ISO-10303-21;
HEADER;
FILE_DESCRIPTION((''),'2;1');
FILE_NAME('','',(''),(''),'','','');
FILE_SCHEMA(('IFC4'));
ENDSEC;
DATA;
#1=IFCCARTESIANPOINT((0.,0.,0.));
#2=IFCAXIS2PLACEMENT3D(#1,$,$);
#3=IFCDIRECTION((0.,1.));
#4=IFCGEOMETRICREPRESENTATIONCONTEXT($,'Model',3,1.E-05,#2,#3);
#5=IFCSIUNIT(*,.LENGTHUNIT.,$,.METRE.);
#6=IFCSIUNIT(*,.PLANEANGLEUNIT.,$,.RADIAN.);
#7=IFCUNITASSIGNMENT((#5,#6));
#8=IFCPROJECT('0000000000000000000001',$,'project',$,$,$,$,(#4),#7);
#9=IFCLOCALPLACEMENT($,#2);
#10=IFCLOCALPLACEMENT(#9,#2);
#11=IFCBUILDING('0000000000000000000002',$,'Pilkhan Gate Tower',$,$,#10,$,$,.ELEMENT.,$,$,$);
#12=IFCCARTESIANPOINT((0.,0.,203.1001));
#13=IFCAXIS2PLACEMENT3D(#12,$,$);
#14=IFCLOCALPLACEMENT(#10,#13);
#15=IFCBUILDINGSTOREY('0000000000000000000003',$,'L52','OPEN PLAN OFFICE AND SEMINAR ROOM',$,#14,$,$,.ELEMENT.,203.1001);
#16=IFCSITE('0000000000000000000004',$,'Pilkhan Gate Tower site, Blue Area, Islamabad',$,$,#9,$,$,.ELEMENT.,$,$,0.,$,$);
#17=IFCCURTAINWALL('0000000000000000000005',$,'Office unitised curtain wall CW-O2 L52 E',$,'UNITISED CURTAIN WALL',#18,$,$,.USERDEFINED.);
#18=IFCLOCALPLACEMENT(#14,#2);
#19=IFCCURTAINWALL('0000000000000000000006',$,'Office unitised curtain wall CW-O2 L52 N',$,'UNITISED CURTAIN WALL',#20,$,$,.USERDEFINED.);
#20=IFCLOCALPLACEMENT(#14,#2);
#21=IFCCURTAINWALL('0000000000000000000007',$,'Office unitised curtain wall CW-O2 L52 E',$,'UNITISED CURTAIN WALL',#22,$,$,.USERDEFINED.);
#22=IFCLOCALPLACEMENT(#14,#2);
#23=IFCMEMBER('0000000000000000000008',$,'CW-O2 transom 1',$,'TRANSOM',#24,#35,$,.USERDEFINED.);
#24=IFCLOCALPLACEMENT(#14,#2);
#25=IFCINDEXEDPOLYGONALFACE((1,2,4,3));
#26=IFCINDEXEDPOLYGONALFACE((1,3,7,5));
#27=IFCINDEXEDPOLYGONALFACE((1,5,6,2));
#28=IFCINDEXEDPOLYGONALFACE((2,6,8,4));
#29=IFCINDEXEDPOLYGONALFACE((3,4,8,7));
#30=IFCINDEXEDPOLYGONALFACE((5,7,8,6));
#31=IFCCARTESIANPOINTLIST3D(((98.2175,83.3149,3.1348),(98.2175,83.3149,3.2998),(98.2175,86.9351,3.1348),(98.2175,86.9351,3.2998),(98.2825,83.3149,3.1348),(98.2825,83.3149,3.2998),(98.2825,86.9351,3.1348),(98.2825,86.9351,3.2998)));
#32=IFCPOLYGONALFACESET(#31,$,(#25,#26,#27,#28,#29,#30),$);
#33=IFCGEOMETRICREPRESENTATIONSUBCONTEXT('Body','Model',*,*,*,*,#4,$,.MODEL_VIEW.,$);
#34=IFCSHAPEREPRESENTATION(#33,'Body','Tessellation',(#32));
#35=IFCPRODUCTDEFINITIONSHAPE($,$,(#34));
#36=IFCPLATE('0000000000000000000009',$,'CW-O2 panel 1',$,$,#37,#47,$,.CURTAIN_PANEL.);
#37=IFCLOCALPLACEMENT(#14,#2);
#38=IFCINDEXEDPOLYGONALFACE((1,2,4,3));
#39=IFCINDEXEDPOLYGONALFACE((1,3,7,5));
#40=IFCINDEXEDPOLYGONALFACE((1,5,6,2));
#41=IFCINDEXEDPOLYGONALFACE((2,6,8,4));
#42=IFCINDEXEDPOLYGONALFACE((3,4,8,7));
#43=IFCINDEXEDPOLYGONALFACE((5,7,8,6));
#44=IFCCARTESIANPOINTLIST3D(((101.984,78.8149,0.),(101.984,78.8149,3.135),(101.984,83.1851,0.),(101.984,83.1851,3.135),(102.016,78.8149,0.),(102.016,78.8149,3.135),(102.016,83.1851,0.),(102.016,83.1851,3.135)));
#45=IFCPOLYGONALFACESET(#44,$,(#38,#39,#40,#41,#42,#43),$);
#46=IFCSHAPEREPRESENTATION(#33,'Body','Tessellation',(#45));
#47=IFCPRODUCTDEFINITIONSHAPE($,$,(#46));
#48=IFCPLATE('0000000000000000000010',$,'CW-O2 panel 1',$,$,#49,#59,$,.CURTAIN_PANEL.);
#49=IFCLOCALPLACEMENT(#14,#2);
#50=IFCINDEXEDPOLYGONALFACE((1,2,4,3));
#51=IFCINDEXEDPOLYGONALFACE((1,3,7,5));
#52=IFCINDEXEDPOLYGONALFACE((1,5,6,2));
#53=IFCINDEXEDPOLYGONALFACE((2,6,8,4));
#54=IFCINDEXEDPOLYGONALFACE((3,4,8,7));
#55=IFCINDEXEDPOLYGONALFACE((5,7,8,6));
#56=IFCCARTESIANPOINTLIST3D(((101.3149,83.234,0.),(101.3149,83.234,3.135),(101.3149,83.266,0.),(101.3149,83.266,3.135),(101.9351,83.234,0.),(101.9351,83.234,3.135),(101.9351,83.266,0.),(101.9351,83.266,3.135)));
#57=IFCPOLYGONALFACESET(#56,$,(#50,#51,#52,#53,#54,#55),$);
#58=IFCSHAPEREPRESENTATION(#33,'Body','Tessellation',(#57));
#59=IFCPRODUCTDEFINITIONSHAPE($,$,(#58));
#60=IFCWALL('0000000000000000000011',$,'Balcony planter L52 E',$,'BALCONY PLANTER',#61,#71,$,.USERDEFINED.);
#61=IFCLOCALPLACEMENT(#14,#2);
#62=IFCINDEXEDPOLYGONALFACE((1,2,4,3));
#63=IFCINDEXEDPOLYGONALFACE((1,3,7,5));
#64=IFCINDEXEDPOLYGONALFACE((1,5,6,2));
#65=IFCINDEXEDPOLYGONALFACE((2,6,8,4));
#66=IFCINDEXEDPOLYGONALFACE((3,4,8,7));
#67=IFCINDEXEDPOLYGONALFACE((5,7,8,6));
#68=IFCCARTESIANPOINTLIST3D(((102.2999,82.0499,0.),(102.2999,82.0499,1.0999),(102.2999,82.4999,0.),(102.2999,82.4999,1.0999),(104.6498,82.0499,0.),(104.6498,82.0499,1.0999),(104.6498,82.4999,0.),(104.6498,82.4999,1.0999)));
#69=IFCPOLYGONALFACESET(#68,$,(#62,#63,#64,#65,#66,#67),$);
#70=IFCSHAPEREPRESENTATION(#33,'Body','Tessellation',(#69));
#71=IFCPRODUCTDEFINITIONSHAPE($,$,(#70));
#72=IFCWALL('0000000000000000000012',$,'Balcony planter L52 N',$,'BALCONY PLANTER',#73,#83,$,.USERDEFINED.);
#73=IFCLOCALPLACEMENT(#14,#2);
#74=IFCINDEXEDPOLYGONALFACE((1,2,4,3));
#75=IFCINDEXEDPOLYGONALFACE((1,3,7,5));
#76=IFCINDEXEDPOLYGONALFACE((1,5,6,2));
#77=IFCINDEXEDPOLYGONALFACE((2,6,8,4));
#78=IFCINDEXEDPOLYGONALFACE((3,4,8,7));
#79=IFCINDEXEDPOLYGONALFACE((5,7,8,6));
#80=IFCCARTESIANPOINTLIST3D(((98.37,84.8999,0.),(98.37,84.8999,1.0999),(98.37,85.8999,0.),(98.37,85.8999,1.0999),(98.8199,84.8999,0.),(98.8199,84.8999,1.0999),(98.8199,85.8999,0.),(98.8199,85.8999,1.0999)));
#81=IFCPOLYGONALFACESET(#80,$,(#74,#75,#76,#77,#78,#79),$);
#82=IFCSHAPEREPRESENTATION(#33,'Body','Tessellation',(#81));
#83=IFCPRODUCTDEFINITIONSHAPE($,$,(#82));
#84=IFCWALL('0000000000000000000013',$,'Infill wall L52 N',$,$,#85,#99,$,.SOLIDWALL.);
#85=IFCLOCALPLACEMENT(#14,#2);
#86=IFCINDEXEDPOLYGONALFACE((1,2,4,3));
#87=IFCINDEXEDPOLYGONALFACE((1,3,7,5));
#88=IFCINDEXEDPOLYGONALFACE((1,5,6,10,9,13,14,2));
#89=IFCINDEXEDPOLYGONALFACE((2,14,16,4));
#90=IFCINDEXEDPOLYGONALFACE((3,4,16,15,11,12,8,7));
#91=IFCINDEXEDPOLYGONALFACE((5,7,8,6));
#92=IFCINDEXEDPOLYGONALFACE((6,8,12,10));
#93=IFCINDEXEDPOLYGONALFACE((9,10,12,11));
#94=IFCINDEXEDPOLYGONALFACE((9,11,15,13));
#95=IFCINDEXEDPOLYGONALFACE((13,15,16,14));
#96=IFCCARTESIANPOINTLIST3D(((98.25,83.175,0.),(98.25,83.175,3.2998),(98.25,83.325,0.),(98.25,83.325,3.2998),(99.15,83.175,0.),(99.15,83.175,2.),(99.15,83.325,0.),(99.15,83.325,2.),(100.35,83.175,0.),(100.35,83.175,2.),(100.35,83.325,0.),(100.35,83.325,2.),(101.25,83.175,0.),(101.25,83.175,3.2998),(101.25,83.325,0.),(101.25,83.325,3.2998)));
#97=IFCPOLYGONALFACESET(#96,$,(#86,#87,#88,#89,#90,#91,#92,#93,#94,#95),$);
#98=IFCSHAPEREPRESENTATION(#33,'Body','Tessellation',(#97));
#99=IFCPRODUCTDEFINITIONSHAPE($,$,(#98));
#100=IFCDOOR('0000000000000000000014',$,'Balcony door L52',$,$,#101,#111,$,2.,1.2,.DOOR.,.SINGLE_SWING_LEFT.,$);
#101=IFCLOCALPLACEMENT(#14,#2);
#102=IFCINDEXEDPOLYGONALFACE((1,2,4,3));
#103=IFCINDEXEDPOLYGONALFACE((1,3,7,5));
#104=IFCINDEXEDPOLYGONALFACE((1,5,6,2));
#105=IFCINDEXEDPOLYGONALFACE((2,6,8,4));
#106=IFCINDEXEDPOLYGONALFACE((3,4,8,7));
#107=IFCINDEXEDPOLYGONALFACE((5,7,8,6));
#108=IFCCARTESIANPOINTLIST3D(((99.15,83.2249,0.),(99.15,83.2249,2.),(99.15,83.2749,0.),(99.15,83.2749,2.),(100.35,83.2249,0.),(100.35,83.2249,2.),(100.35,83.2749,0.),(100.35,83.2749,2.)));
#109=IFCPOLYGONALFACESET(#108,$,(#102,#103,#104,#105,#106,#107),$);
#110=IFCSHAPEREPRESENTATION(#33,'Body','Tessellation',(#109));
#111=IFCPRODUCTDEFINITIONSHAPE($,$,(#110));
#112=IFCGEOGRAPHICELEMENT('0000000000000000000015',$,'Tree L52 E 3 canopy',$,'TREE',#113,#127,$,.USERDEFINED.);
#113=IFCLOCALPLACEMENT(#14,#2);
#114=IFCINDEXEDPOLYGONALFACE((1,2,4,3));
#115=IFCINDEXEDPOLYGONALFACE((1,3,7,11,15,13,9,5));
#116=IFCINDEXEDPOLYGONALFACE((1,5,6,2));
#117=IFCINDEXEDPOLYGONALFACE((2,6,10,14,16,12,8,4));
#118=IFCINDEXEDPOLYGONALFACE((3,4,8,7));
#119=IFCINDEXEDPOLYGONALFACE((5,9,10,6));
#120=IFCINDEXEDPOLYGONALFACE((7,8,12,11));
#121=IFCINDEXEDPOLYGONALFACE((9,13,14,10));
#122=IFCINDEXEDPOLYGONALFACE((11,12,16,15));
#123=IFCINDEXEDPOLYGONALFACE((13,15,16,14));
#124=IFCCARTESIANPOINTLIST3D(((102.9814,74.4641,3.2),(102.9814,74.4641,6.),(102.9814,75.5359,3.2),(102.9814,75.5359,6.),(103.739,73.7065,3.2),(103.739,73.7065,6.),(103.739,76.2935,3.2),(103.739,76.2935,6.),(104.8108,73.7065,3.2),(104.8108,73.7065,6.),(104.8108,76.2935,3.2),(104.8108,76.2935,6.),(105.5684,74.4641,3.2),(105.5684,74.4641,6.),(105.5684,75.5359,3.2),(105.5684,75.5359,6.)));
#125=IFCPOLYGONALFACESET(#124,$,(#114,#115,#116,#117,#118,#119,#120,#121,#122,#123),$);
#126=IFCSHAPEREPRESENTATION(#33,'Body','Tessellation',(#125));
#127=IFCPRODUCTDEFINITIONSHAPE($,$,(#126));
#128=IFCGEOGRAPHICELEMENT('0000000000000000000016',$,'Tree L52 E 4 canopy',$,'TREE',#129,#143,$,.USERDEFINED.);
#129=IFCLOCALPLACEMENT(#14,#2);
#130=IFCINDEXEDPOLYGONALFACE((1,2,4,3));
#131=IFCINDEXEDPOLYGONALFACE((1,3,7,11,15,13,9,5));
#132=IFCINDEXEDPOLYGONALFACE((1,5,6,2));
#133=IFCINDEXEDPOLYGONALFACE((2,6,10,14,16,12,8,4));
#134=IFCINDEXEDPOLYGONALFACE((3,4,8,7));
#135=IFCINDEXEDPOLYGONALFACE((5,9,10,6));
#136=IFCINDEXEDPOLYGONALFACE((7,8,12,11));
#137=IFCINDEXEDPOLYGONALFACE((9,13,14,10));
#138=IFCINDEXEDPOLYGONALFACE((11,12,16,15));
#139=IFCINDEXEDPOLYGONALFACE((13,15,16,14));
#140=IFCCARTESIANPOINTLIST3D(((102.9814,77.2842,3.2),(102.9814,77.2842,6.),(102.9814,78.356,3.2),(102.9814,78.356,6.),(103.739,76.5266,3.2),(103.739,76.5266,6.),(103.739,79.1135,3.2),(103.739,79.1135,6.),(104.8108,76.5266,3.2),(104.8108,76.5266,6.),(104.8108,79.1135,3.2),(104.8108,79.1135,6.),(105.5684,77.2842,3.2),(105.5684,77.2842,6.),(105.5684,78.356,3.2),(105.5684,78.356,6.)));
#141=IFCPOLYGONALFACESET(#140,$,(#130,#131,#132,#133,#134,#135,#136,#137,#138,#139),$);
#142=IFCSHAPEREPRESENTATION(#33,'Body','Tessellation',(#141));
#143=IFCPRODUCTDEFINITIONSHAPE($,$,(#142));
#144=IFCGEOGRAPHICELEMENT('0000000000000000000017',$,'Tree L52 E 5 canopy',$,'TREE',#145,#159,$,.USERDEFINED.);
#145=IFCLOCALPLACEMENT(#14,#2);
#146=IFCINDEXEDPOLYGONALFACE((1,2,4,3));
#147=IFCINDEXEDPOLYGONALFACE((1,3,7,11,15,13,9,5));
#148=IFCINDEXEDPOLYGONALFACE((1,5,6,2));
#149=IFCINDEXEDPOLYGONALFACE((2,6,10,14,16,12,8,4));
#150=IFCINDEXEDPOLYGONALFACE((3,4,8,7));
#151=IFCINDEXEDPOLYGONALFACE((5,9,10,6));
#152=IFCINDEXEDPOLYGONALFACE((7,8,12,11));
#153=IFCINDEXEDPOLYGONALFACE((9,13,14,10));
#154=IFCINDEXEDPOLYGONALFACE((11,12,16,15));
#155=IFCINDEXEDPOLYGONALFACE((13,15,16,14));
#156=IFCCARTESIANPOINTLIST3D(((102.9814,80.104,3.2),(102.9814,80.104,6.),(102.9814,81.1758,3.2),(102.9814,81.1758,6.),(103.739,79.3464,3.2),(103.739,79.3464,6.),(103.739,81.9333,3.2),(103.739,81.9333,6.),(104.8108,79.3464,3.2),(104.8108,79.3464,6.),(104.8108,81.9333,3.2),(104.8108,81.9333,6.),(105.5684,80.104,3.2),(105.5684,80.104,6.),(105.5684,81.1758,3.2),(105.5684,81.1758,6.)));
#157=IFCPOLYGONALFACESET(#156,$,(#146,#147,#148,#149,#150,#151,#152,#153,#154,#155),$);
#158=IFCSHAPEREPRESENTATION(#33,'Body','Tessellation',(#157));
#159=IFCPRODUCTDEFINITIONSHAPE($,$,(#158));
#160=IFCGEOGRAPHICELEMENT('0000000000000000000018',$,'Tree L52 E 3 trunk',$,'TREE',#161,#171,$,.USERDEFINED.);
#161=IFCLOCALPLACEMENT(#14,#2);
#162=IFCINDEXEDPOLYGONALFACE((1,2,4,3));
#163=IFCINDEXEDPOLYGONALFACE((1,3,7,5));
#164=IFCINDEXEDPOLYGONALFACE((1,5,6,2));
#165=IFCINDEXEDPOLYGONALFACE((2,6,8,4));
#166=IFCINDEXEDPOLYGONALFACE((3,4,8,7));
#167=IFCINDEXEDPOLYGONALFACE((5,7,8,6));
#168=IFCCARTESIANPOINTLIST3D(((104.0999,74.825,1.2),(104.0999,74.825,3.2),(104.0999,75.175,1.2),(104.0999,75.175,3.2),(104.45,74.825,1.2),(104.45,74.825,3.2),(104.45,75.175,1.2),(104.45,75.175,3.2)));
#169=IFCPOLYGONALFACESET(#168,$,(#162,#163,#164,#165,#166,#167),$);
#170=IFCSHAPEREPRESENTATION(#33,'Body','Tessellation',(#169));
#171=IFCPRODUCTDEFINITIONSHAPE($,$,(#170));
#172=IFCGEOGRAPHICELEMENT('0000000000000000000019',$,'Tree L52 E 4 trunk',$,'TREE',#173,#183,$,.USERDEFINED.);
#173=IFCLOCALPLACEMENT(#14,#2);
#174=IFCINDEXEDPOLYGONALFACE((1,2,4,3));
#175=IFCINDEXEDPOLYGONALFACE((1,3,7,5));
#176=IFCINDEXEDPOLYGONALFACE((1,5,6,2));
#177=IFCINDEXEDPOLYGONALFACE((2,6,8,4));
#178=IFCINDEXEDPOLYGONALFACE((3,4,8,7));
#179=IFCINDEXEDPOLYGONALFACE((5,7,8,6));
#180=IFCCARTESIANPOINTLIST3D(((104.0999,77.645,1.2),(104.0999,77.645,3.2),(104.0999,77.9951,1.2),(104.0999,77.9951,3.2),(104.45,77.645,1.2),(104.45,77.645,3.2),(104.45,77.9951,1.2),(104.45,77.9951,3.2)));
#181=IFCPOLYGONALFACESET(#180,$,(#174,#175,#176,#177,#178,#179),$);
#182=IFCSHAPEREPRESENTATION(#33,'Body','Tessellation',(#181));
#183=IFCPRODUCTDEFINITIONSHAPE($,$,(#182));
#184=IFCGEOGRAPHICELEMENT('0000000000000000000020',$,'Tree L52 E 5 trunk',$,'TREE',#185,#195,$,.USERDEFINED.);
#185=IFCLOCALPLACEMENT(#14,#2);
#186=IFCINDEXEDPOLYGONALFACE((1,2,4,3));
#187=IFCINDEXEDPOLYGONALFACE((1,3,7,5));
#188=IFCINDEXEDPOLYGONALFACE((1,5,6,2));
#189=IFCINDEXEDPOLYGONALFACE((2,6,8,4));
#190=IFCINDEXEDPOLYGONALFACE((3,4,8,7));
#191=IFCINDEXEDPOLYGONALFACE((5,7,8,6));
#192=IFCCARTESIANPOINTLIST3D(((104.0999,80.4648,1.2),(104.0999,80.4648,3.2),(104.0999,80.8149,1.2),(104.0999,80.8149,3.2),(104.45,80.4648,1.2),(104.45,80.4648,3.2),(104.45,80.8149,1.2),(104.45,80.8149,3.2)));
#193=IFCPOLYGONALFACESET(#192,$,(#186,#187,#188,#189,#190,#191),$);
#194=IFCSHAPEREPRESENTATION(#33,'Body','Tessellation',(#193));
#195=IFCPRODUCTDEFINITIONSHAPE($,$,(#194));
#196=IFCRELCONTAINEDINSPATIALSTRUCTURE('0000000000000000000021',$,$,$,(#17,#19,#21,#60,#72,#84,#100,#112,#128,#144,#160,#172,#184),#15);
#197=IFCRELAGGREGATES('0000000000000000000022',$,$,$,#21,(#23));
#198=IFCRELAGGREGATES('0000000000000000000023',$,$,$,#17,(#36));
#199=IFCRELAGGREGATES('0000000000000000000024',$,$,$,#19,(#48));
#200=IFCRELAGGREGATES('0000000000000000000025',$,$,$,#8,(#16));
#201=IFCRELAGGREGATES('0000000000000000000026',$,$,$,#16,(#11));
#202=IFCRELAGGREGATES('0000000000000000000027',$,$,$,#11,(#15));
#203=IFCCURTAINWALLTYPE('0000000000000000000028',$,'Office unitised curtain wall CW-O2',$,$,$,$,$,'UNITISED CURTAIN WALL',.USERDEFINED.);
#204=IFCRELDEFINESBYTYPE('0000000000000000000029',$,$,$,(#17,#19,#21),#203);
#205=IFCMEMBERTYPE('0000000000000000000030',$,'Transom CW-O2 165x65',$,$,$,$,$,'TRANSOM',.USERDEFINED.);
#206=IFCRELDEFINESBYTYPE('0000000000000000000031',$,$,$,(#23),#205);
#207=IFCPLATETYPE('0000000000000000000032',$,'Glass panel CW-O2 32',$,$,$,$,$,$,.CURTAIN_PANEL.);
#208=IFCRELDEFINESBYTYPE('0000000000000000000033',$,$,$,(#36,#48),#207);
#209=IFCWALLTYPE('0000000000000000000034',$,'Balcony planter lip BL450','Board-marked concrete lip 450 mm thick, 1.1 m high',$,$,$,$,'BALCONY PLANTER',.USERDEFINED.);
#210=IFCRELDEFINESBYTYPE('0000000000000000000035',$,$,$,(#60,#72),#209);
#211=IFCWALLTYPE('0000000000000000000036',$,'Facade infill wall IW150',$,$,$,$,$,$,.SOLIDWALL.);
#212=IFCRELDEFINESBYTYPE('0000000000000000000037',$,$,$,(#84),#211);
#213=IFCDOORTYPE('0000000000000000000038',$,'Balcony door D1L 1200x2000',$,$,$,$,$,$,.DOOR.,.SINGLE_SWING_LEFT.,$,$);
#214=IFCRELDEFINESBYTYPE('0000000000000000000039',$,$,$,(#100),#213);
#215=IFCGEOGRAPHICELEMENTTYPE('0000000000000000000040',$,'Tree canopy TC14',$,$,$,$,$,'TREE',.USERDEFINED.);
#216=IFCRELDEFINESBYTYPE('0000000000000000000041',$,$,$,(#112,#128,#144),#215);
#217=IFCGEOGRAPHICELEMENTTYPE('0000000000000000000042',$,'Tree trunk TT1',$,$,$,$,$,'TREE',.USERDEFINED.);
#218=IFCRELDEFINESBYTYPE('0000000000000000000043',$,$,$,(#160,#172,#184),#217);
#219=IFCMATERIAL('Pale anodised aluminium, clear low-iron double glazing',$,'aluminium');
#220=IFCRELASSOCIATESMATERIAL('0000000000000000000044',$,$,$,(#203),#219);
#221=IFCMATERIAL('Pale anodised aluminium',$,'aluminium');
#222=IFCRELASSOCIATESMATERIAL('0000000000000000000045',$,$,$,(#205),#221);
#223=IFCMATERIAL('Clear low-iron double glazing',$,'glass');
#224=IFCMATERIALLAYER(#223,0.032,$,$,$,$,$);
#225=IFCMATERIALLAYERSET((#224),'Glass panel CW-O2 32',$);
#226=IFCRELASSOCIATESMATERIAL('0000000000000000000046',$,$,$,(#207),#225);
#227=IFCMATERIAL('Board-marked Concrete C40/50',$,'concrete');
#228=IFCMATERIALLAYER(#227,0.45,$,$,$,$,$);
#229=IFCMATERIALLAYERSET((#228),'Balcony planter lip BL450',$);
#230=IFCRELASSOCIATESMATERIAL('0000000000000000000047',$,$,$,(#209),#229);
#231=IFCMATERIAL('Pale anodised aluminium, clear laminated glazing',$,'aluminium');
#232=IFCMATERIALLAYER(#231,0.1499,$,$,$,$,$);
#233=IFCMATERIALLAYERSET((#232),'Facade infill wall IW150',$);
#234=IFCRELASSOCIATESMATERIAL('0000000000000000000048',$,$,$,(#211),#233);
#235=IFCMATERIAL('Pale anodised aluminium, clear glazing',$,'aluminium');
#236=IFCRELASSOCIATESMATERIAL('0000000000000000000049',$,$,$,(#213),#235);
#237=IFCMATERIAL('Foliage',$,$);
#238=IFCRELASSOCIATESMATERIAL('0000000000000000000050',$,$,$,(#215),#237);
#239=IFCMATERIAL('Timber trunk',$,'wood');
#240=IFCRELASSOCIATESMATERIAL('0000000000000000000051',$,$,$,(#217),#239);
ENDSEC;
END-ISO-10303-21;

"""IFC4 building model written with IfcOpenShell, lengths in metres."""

from ifc_helpers import new_model, si_unit, direction, frame, frame_2d, origin, origin_2d, place, context, subcontext, project, spatial, polyline, rectangle, outline, extrude, material, layer, layer_set, material_profile, profile_set, type_object, element, fill, aggregate, save


model = new_model("IFC4")

# Units and contexts
model_context = context("Model", 3, precision=1e-05, world=origin(), true_north=direction((0.0, 1.0)))
body_context = subcontext(model_context, "Body", "Model", "MODEL_VIEW")
ifc_project = project(units=[si_unit("LENGTHUNIT", "METRE"), si_unit("PLANEANGLEUNIT", "RADIAN")], contexts=[model_context])

# Site, building, storey
site_placement = place(None, origin())
site = spatial("IfcSite", under=ifc_project, at=site_placement, Name="Pilkhan Gate Tower site, Blue Area, Islamabad", CompositionType="ELEMENT", RefElevation=0.0)
building_placement = place(site_placement, origin())
building = spatial("IfcBuilding", under=site, at=building_placement, Name="Pilkhan Gate Tower", CompositionType="ELEMENT")
storey_placement = place(building_placement, frame((0.0, 0.0, 203.1001)))
storey = spatial("IfcBuildingStorey", under=building, at=storey_placement, Name="L52", Description="OPEN PLAN OFFICE AND SEMINAR ROOM", CompositionType="ELEMENT", Elevation=203.1001)

# Curtain walls
ifc_material_1 = material(Name="Pale anodised aluminium, clear low-iron double glazing", Category="aluminium")
curtain_wall_type = type_object("IfcCurtainWallType", Name="Office unitised curtain wall CW-O2", ElementType="UNITISED CURTAIN WALL", PredefinedType="USERDEFINED", material=ifc_material_1)
curtain_wall_1_placement = place(storey_placement, origin())
curtain_wall_1 = element("IfcCurtainWall", 1, at=curtain_wall_1_placement, inside=storey, type_object=curtain_wall_type, Name="Office unitised curtain wall CW-O2 L52 E", ObjectType="UNITISED CURTAIN WALL", PredefinedType="USERDEFINED")
ifc_material_2 = material(Name="Pale anodised aluminium", Category="aluminium")
curtain_wall_2_placement = place(storey_placement, origin())
curtain_wall_2 = element("IfcCurtainWall", 2, at=curtain_wall_2_placement, inside=storey, type_object=curtain_wall_type, Name="Office unitised curtain wall CW-O2 L52 N", ObjectType="UNITISED CURTAIN WALL", PredefinedType="USERDEFINED")

# Curtain wall
curtain_wall_3_placement = place(storey_placement, origin())
curtain_wall_3 = element("IfcCurtainWall", 3, at=curtain_wall_3_placement, inside=storey, type_object=curtain_wall_type, Name="Office unitised curtain wall CW-O2 L52 E", ObjectType="UNITISED CURTAIN WALL", PredefinedType="USERDEFINED")

# Member
ifc_material_profile_1 = material_profile(ifc_material_2, rectangle(XDim=0.0649, YDim=0.165, at=origin_2d()), Name="Transom 165x65")
ifc_profile_set_1 = profile_set([ifc_material_profile_1], Name="Pale anodised aluminium")
member_type_1 = type_object("IfcMemberType", Name="Transom CW-O2 165x65", ElementType="TRANSOM", PredefinedType="USERDEFINED", material=ifc_profile_set_1)
member_1_placement = place(storey_placement, frame((98.25, 83.3149, 3.2173), z_axis=(0.0, 1.0, 0.0), x_axis=(-1.0, 0.0, 0.0)))
member_1 = element("IfcMember", 4, at=member_1_placement, type_object=member_type_1, Name="CW-O2 transom 1", ObjectType="TRANSOM", PredefinedType="USERDEFINED", context=body_context, shape_type="SweptSolid", body=[
    extrude(rectangle(XDim=0.0649, YDim=0.165, at=origin_2d()), origin(), (0.0, 0.0, 1.0), 3.6201),
])
aggregate(curtain_wall_3, [member_1])

# Plates
ifc_material_3 = material(Name="Clear low-iron double glazing", Category="glass")
ifc_layer_1 = layer(ifc_material_3, 0.032)
ifc_layer_set_1 = layer_set([ifc_layer_1], Name="Glass panel CW-O2 32")
plate_type = type_object("IfcPlateType", Name="Glass panel CW-O2 32", PredefinedType="CURTAIN_PANEL", material=ifc_layer_set_1)
plate_1_placement = place(storey_placement, frame((102.0, 81.0, 0.0), z_axis=(0.0, 0.0, 1.0), x_axis=(0.0, 1.0, 0.0)))
plate_1 = element("IfcPlate", 5, at=plate_1_placement, type_object=plate_type, Name="CW-O2 panel 1", PredefinedType="CURTAIN_PANEL", context=body_context, shape_type="SweptSolid", body=[
    extrude(rectangle(XDim=4.3701, YDim=0.032, at=origin_2d()), origin(), (0.0, 0.0, 1.0), 3.135),
])
aggregate(curtain_wall_1, [plate_1])
plate_2_placement = place(storey_placement, frame((101.625, 83.25, 0.0), z_axis=(0.0, 0.0, 1.0), x_axis=(1.0, 0.0, 0.0)))
plate_2 = element("IfcPlate", 6, at=plate_2_placement, type_object=plate_type, Name="CW-O2 panel 1", PredefinedType="CURTAIN_PANEL", context=body_context, shape_type="SweptSolid", body=[
    extrude(rectangle(XDim=0.6201, YDim=0.032, at=origin_2d()), origin(), (0.0, 0.0, 1.0), 3.135),
])
aggregate(curtain_wall_2, [plate_2])

# Walls
ifc_material_4 = material(Name="Board-marked Concrete C40/50", Category="concrete")
ifc_layer_2 = layer(ifc_material_4, 0.45)
ifc_layer_set_2 = layer_set([ifc_layer_2], Name="Balcony planter lip BL450")
wall_type_1 = type_object("IfcWallType", Name="Balcony planter lip BL450", Description="Board-marked concrete lip 450 mm thick, 1.1 m high", ElementType="BALCONY PLANTER", PredefinedType="USERDEFINED", material=ifc_layer_set_2)
wall_1_placement = place(storey_placement, frame((102.3, 82.2749, 0.0), z_axis=(0.0, 0.0, 1.0), x_axis=(1.0, 0.0, 0.0)))
element("IfcWall", 7, at=wall_1_placement, inside=storey, type_object=wall_type_1, Name="Balcony planter L52 E", ObjectType="BALCONY PLANTER", PredefinedType="USERDEFINED", context=body_context, shape_type="SweptSolid", body=[
    extrude(rectangle(XDim=2.3499, YDim=0.45, at=frame_2d((1.1748, 0.0))), origin(), (0.0, 0.0, 1.0), 1.0999),
])
wall_2_placement = place(storey_placement, frame((98.595, 84.8999, 0.0), z_axis=(0.0, 0.0, 1.0), x_axis=(0.0, 1.0, 0.0)))
element("IfcWall", 8, at=wall_2_placement, inside=storey, type_object=wall_type_1, Name="Balcony planter L52 N", ObjectType="BALCONY PLANTER", PredefinedType="USERDEFINED", context=body_context, shape_type="SweptSolid", body=[
    extrude(rectangle(XDim=1.0, YDim=0.45, at=frame_2d((0.5, 0.0))), origin(), (0.0, 0.0, 1.0), 1.0999),
])

# Wall, opening, door
ifc_material_5 = material(Name="Pale anodised aluminium, clear laminated glazing", Category="aluminium")
ifc_layer_3 = layer(ifc_material_5, 0.1499)
ifc_layer_set_3 = layer_set([ifc_layer_3], Name="Facade infill wall IW150")
wall_type_2 = type_object("IfcWallType", Name="Facade infill wall IW150", PredefinedType="SOLIDWALL", material=ifc_layer_set_3)
ifc_material_6 = material(Name="Pale anodised aluminium, clear glazing", Category="aluminium")
wall_3_placement = place(storey_placement, frame((98.25, 83.25, 0.0), z_axis=(0.0, 0.0, 1.0), x_axis=(1.0, 0.0, 0.0)))
wall_3 = element("IfcWall", 9, at=wall_3_placement, inside=storey, type_object=wall_type_2, Name="Infill wall L52 N", PredefinedType="SOLIDWALL", context=body_context, shape_type="SweptSolid", body=[
    extrude(rectangle(XDim=3.0, YDim=0.1499, at=frame_2d((1.5, 0.0))), origin(), (0.0, 0.0, 1.0), 3.2998),
])
opening_1_placement = place(wall_3_placement, frame((0.8999, 0.0, 0.0)))
opening_1 = element("IfcOpeningElement", 10, at=opening_1_placement, cuts=wall_3, PredefinedType="OPENING", context=body_context, shape_type="SweptSolid", body=[
    extrude(rectangle(XDim=1.2, YDim=2.0, at=frame_2d((0.6001, 1.0))), frame((0.0, 0.085, 0.0), z_axis=(0.0, -1.0, 0.0), x_axis=(1.0, 0.0, 0.0)), (0.0, 0.0, 1.0), 0.1699),
])
door_type_1 = type_object("IfcDoorType", Name="Balcony door D1L 1200x2000", OperationType="SINGLE_SWING_LEFT", PredefinedType="DOOR", material=ifc_material_6)
door_1_placement = place(opening_1_placement, origin())
door_1 = element("IfcDoor", 11, at=door_1_placement, inside=storey, type_object=door_type_1, Name="Balcony door L52", OperationType="SINGLE_SWING_LEFT", OverallHeight=2.0, OverallWidth=1.2, PredefinedType="DOOR", context=body_context, shape_type="SweptSolid", body=[
    extrude(rectangle(XDim=1.2, YDim=2.0, at=frame_2d((0.6001, 1.0))), frame((0.0, 0.0249, 0.0), z_axis=(0.0, -1.0, 0.0), x_axis=(1.0, 0.0, 0.0)), (0.0, 0.0, 1.0), 0.05),
])
fill(opening_1, door_1)

# Geographic elements
ifc_material_7 = material(Name="Foliage")
ifc_material_profile_2 = material_profile(ifc_material_7, outline(polyline([(1.2935, 0.5359), (0.5359, 1.2935), (-0.5359, 1.2935), (-1.2935, 0.5359), (-1.2935, -0.5359), (-0.5359, -1.2935), (0.5359, -1.2935), (1.2935, -0.5359), (1.2935, 0.5359)])), Name="Canopy D2.8")
ifc_profile_set_2 = profile_set([ifc_material_profile_2], Name="Foliage")
geographic_element_type_1 = type_object("IfcGeographicElementType", Name="Tree canopy TC14", ElementType="TREE", PredefinedType="USERDEFINED", material=ifc_profile_set_2)
for number, where, z_axis, x_axis, name in (
    (12, (104.2749, 75.0, 3.2), (0.0, 0.0, 1.0), (1.0, 0.0, 0.0), "Tree L52 E 3 canopy"),
    (13, (104.2749, 77.8201, 3.2), (0.0, 0.0, 1.0), (1.0, 0.0, 0.0), "Tree L52 E 4 canopy"),
    (14, (104.2749, 80.6399, 3.2), (0.0, 0.0, 1.0), (1.0, 0.0, 0.0), "Tree L52 E 5 canopy"),
):
    element("IfcGeographicElement", number, at=place(storey_placement, frame(where, z_axis=z_axis, x_axis=x_axis)), inside=storey, type_object=geographic_element_type_1, Name=name, ObjectType="TREE", PredefinedType="USERDEFINED", context=body_context, shape_type="SweptSolid", body=[
        extrude(outline(polyline([(1.2935, 0.5359), (0.5359, 1.2935), (-0.5359, 1.2935), (-1.2935, 0.5359), (-1.2935, -0.5359), (-0.5359, -1.2935), (0.5359, -1.2935), (1.2935, -0.5359), (1.2935, 0.5359)])), origin(), (0.0, 0.0, 1.0), 2.8),
    ])
ifc_material_8 = material(Name="Timber trunk", Category="wood")
geographic_element_type_2 = type_object("IfcGeographicElementType", Name="Tree trunk TT1", ElementType="TREE", PredefinedType="USERDEFINED", material=ifc_material_8)
for number, where, z_axis, x_axis, name in (
    (15, (104.2749, 75.0, 1.2), (0.0, 0.0, 1.0), (1.0, 0.0, 0.0), "Tree L52 E 3 trunk"),
    (16, (104.2749, 77.8201, 1.2), (0.0, 0.0, 1.0), (1.0, 0.0, 0.0), "Tree L52 E 4 trunk"),
    (17, (104.2749, 80.6399, 1.2), (0.0, 0.0, 1.0), (1.0, 0.0, 0.0), "Tree L52 E 5 trunk"),
):
    element("IfcGeographicElement", number, at=place(storey_placement, frame(where, z_axis=z_axis, x_axis=x_axis)), inside=storey, type_object=geographic_element_type_2, Name=name, ObjectType="TREE", PredefinedType="USERDEFINED", context=body_context, shape_type="SweptSolid", body=[
        extrude(rectangle(XDim=0.3501, YDim=0.3501, at=origin_2d()), origin(), (0.0, 0.0, 1.0), 2.0),
    ])

save(model, "model.ifc")
